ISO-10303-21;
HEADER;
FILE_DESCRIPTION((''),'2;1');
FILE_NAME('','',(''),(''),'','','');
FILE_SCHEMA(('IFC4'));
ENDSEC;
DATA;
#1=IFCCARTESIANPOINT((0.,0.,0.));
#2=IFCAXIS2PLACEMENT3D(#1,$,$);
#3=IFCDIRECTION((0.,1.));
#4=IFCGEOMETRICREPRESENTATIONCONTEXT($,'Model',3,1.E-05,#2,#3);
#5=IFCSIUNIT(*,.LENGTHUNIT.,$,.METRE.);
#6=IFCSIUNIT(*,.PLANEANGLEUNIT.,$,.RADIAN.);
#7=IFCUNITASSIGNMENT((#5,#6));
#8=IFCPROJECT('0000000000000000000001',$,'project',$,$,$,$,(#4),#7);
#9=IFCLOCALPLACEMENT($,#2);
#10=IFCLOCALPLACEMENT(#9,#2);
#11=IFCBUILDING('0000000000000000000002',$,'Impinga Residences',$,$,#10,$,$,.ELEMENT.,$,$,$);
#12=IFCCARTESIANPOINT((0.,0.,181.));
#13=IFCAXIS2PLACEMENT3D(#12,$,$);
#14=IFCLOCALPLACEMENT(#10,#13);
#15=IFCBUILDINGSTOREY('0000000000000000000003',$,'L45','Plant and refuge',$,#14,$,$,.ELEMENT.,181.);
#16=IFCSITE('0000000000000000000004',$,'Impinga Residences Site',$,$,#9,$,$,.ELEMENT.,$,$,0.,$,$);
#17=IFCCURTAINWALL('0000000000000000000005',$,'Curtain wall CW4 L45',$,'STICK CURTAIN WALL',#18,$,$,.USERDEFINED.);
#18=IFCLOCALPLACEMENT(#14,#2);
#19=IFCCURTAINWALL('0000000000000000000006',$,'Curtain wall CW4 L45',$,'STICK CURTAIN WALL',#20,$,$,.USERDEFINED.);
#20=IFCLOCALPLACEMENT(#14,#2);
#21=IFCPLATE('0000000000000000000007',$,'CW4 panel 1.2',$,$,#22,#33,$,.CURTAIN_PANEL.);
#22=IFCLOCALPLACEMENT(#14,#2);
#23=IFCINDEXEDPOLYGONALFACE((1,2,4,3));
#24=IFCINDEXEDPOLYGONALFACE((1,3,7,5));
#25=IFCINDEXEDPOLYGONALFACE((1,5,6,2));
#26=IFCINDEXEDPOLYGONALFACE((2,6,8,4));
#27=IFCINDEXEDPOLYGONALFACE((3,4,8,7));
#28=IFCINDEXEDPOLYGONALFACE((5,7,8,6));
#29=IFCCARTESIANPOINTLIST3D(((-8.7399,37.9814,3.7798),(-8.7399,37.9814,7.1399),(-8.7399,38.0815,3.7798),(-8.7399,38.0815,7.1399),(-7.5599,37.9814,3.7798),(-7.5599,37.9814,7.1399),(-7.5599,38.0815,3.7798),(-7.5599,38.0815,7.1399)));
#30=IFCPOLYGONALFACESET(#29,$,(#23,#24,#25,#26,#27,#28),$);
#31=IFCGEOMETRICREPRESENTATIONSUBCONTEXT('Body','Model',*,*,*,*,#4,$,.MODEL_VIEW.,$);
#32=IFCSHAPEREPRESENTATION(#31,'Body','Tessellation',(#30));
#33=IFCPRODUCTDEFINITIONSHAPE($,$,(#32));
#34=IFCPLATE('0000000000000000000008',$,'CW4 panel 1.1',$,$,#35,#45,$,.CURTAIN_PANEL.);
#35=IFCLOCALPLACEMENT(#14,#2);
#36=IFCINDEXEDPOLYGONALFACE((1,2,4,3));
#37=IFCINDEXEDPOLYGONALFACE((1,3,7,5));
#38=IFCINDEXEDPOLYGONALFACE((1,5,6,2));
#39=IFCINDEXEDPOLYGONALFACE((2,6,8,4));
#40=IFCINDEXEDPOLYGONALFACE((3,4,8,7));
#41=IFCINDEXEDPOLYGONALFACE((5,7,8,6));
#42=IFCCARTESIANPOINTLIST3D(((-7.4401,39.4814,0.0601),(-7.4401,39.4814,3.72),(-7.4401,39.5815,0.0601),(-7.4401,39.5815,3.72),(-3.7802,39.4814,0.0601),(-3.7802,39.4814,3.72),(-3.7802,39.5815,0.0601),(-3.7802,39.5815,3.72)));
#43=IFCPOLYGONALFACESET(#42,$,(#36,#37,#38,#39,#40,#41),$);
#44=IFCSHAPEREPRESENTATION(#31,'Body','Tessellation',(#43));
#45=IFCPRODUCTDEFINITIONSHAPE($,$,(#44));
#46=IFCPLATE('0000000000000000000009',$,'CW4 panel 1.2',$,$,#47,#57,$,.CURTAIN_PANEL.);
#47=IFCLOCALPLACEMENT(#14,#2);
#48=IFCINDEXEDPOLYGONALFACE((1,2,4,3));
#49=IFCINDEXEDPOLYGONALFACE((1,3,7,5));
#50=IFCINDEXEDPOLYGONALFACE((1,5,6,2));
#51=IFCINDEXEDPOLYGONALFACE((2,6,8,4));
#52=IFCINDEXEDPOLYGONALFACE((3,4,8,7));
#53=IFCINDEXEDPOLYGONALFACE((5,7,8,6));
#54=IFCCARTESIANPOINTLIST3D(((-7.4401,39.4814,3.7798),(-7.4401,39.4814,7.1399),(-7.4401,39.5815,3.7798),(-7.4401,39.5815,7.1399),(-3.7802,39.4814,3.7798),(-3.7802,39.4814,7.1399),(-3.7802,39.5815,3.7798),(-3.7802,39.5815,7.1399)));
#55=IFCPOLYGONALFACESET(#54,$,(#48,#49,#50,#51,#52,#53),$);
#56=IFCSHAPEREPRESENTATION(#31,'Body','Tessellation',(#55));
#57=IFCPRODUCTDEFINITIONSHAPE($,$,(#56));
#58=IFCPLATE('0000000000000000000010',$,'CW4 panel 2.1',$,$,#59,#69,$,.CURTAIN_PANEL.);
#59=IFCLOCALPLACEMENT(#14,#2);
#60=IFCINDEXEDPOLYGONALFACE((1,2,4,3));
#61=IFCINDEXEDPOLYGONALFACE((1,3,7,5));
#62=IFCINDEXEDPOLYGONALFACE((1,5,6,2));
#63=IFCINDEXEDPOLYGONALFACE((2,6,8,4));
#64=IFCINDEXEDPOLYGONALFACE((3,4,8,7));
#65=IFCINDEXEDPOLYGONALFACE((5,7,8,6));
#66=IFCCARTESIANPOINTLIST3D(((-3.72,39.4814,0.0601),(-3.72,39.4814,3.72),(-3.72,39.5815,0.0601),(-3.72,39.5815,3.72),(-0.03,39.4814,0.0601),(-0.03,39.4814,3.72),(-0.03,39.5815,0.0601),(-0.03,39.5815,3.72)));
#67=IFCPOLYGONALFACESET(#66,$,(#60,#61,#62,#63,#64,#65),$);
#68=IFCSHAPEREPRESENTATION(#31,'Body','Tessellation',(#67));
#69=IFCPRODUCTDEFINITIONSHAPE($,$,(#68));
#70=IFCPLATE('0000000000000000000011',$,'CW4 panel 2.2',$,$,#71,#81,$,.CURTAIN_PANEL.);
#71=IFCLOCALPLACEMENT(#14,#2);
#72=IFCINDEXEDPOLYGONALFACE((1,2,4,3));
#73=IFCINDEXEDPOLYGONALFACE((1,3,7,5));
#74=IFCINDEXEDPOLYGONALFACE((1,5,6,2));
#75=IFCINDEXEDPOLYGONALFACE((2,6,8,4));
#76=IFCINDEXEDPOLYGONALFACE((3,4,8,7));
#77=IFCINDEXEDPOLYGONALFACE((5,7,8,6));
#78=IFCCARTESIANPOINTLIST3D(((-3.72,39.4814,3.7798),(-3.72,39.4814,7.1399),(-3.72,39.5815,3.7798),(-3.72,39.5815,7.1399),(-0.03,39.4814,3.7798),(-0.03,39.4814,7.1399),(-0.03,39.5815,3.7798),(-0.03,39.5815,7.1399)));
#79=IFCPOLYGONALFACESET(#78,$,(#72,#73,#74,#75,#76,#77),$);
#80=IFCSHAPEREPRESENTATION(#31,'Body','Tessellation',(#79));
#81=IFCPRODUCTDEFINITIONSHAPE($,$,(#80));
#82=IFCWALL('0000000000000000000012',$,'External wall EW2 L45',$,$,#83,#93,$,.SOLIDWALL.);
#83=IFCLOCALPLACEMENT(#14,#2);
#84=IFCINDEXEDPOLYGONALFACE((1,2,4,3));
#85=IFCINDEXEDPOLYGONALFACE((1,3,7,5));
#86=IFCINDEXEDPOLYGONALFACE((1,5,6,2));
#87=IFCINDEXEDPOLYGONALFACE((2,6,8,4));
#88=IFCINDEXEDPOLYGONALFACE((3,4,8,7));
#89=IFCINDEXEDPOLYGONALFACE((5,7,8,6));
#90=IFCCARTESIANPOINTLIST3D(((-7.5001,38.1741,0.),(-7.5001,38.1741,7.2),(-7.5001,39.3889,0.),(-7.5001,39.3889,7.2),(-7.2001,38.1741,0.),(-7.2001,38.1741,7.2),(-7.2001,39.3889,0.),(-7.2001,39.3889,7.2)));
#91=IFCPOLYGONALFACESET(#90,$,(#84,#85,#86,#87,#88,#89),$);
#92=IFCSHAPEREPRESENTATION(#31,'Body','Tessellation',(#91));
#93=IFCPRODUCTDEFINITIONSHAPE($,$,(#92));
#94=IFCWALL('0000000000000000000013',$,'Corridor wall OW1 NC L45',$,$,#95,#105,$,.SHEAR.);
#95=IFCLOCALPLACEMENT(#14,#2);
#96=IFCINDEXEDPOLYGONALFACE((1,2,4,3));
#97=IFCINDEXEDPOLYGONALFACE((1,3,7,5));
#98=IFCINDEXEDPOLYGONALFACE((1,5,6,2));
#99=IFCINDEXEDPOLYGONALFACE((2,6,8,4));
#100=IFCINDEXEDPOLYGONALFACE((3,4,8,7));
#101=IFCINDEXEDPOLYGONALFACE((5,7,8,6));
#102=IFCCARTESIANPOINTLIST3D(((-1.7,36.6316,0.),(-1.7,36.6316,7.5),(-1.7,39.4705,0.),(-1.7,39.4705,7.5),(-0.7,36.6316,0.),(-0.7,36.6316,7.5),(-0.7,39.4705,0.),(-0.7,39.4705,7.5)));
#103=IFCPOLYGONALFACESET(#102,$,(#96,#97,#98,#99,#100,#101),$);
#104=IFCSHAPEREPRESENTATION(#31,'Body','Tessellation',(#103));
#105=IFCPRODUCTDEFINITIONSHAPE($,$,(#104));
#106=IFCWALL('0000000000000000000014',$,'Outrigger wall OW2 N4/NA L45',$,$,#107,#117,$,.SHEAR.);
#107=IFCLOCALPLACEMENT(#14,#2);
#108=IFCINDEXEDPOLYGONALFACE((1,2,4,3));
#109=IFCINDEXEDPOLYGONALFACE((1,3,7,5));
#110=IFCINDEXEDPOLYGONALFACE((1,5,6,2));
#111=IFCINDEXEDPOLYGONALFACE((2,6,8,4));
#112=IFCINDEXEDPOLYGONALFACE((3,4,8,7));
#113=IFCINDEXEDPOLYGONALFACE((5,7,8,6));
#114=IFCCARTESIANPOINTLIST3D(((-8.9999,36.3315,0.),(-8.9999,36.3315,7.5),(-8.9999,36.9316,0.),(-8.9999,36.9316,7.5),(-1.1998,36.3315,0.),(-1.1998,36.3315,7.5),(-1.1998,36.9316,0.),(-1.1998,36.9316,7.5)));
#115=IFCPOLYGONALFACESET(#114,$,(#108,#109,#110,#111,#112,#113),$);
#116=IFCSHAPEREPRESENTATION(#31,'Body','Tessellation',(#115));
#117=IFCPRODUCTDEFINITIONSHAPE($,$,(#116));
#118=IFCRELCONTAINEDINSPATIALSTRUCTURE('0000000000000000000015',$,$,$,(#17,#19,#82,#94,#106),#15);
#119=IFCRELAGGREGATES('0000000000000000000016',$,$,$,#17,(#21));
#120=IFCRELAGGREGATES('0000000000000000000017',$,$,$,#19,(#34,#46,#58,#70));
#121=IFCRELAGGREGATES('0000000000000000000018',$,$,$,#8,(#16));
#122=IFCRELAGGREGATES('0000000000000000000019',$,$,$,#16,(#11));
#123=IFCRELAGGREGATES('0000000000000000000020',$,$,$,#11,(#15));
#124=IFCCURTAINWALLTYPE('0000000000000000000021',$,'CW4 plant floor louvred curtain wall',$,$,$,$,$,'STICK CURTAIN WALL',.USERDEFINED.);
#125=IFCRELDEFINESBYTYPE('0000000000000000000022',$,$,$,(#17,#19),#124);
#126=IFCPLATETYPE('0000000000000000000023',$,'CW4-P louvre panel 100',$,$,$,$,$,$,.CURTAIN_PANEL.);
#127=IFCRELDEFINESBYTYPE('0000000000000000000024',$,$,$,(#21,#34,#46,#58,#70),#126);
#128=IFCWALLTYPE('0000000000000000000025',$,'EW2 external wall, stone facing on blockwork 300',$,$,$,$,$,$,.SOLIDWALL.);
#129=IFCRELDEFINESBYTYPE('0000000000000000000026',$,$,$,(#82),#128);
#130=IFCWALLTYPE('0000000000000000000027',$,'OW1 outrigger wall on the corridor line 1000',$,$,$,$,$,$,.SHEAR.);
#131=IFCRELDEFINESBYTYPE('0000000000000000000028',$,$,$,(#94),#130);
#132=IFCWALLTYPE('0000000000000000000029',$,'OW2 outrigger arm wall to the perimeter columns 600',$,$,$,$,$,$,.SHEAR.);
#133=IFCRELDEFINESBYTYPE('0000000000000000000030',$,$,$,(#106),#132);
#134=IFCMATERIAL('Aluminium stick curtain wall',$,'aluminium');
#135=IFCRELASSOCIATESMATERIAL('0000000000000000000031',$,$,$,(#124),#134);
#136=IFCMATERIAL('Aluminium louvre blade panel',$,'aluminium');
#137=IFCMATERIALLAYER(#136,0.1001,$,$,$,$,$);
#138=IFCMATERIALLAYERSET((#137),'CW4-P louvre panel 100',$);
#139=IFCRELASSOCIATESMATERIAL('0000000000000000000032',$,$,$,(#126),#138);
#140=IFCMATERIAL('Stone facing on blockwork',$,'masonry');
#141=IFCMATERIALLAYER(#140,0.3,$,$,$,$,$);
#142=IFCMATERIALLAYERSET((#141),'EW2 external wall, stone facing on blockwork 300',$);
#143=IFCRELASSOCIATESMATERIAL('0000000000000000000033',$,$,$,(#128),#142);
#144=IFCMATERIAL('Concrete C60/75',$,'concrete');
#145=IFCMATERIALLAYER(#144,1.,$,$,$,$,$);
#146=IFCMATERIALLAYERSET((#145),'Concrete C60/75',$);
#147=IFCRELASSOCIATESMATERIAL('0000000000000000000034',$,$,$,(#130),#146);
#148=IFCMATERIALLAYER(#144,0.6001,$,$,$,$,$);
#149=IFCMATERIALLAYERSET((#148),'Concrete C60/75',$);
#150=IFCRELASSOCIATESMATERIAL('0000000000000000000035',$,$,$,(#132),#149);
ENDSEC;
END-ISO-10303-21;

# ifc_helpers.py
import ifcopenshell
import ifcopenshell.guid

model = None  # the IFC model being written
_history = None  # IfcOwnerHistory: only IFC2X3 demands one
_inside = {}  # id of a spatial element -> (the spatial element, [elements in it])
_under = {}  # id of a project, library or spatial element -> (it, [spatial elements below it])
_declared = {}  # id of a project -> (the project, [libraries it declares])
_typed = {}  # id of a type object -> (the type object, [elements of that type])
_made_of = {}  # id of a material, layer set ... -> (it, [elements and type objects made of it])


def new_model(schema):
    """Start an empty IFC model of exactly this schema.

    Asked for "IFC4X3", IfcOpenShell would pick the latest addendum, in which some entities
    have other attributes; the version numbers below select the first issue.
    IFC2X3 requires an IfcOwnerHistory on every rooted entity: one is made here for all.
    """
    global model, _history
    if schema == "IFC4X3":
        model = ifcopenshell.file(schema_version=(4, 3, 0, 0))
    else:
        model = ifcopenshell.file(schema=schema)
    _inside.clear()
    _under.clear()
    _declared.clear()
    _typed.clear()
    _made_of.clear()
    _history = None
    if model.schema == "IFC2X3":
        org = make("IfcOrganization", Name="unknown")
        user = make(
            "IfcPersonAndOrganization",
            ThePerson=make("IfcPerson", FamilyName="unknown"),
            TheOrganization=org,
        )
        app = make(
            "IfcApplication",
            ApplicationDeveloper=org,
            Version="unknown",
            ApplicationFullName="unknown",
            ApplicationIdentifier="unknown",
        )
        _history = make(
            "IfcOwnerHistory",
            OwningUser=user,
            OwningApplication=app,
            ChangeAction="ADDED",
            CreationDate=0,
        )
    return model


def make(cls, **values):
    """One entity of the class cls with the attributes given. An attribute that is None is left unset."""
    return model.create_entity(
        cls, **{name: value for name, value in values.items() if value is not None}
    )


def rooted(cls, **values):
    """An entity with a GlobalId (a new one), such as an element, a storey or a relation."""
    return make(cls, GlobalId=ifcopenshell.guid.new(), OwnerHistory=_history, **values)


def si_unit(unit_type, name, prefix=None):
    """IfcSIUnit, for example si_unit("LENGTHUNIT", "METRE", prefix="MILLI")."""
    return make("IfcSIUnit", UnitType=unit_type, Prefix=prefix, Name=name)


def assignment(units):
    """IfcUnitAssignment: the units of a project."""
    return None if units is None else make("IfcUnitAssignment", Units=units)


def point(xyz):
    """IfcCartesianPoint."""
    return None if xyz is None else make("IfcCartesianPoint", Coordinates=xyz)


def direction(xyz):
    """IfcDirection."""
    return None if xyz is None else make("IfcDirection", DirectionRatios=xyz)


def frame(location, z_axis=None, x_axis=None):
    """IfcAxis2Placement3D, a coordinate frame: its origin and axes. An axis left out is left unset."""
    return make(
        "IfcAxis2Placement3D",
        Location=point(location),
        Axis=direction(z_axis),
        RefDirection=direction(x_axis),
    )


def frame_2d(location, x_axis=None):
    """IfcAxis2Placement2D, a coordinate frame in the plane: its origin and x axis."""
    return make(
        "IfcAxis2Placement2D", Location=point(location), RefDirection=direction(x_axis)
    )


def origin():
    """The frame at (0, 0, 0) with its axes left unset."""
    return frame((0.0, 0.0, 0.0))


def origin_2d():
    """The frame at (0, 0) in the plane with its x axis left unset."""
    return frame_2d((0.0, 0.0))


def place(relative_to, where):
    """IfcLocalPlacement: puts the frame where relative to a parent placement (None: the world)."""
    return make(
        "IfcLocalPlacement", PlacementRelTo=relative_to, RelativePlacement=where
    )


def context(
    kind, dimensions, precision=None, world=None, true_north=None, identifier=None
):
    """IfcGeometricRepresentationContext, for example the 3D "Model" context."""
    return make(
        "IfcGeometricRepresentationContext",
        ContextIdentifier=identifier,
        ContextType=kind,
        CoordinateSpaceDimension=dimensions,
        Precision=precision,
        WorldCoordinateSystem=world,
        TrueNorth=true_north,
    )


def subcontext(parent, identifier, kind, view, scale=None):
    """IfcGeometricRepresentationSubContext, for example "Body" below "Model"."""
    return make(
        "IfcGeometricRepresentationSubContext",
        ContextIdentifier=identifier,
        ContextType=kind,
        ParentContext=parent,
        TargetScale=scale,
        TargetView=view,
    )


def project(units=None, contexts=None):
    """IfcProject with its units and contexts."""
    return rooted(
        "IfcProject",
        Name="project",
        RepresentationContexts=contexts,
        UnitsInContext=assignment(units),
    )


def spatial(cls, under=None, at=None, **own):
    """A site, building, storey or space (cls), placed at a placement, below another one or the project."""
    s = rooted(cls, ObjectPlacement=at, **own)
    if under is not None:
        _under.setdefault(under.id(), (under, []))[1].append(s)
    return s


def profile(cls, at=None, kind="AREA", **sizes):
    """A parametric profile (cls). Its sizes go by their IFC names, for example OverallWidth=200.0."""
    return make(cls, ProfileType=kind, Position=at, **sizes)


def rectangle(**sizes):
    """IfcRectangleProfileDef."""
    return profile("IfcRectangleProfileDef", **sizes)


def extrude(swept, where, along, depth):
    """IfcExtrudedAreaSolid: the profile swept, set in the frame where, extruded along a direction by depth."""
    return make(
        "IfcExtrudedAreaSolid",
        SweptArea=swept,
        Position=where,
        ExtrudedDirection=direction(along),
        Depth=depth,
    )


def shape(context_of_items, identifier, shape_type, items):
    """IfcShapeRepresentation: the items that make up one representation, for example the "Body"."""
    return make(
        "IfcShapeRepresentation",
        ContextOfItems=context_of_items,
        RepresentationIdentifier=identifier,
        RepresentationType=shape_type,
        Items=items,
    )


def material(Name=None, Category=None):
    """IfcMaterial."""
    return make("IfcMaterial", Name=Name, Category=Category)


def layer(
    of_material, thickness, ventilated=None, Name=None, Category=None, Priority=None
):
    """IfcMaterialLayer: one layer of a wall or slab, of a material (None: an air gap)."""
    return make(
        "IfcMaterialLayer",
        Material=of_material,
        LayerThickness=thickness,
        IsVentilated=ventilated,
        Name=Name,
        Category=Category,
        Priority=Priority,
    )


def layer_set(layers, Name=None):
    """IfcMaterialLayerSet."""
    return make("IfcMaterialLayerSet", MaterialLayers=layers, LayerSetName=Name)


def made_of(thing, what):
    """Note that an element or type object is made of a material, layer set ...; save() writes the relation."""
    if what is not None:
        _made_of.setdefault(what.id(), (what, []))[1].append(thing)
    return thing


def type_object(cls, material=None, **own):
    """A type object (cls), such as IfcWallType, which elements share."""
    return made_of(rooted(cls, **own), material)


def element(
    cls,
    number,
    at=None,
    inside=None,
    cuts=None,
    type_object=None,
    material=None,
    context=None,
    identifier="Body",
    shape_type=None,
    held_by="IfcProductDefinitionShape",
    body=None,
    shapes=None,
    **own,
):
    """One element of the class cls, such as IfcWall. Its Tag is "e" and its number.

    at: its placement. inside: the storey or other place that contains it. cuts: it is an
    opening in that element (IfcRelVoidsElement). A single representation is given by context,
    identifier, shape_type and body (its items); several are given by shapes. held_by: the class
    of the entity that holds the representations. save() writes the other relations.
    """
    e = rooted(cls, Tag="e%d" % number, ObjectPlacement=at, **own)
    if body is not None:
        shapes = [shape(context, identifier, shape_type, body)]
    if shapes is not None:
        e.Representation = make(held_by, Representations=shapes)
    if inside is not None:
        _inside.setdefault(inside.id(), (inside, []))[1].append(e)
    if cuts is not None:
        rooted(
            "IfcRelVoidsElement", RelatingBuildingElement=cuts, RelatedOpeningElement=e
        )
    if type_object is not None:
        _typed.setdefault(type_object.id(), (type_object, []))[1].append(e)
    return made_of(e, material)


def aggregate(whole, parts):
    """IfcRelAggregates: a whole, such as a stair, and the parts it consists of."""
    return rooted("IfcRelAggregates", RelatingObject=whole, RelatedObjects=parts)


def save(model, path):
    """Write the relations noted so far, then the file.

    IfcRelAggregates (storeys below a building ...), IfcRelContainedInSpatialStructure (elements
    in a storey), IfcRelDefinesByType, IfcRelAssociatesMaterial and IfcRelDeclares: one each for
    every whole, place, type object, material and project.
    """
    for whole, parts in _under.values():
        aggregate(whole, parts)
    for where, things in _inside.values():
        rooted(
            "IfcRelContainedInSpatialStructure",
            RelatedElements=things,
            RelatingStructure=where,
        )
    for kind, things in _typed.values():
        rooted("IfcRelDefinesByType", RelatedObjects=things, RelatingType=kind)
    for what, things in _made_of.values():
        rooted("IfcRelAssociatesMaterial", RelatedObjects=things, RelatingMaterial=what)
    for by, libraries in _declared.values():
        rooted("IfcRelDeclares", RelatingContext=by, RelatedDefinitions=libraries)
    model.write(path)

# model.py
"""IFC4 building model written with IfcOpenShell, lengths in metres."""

from ifc_helpers import new_model, si_unit, direction, frame, frame_2d, origin, origin_2d, place, context, subcontext, project, spatial, rectangle, extrude, material, layer, layer_set, type_object, element, aggregate, save


model = new_model("IFC4")

# Units and contexts
model_context = context("Model", 3, precision=1e-05, world=origin(), true_north=direction((0.0, 1.0)))
body_context = subcontext(model_context, "Body", "Model", "MODEL_VIEW")
ifc_project = project(units=[si_unit("LENGTHUNIT", "METRE"), si_unit("PLANEANGLEUNIT", "RADIAN")], contexts=[model_context])

# Site, building, storey
site_placement = place(None, origin())
site = spatial("IfcSite", under=ifc_project, at=site_placement, Name="Impinga Residences Site", CompositionType="ELEMENT", RefElevation=0.0)
building_placement = place(site_placement, origin())
building = spatial("IfcBuilding", under=site, at=building_placement, Name="Impinga Residences", CompositionType="ELEMENT")
storey_placement = place(building_placement, frame((0.0, 0.0, 181.0)))
storey = spatial("IfcBuildingStorey", under=building, at=storey_placement, Name="L45", Description="Plant and refuge", CompositionType="ELEMENT", Elevation=181.0)

# Curtain wall
ifc_material_1 = material(Name="Aluminium stick curtain wall", Category="aluminium")
curtain_wall_type = type_object("IfcCurtainWallType", Name="CW4 plant floor louvred curtain wall", ElementType="STICK CURTAIN WALL", PredefinedType="USERDEFINED", material=ifc_material_1)
curtain_wall_1_placement = place(storey_placement, origin())
curtain_wall_1 = element("IfcCurtainWall", 1, at=curtain_wall_1_placement, inside=storey, type_object=curtain_wall_type, Name="Curtain wall CW4 L45", ObjectType="STICK CURTAIN WALL", PredefinedType="USERDEFINED")

# Curtain wall
curtain_wall_2_placement = place(storey_placement, origin())
curtain_wall_2 = element("IfcCurtainWall", 2, at=curtain_wall_2_placement, inside=storey, type_object=curtain_wall_type, Name="Curtain wall CW4 L45", ObjectType="STICK CURTAIN WALL", PredefinedType="USERDEFINED")

# Shared definitions
ifc_material_2 = material(Name="Concrete C60/75", Category="concrete")

# Plates
ifc_material_3 = material(Name="Aluminium louvre blade panel", Category="aluminium")
ifc_layer_1 = layer(ifc_material_3, 0.1001)
ifc_layer_set_1 = layer_set([ifc_layer_1], Name="CW4-P louvre panel 100")
plate_type = type_object("IfcPlateType", Name="CW4-P louvre panel 100", PredefinedType="CURTAIN_PANEL", material=ifc_layer_set_1)
plate_1_placement = place(storey_placement, frame((-8.1499, 38.0315, 3.7798), z_axis=(0.0, 0.0, 1.0), x_axis=(1.0, 0.0, 0.0)))
plate_1 = element("IfcPlate", 3, at=plate_1_placement, type_object=plate_type, Name="CW4 panel 1.2", PredefinedType="CURTAIN_PANEL", context=body_context, shape_type="SweptSolid", body=[
    extrude(rectangle(XDim=1.1799, YDim=0.1001, at=origin_2d()), origin(), (0.0, 0.0, 1.0), 3.3601),
])
aggregate(curtain_wall_1, [plate_1])
plate_2_placement = place(storey_placement, frame((-5.6101, 39.5315, 0.0601), z_axis=(0.0, 0.0, 1.0), x_axis=(1.0, 0.0, 0.0)))
plate_2 = element("IfcPlate", 4, at=plate_2_placement, type_object=plate_type, Name="CW4 panel 1.1", PredefinedType="CURTAIN_PANEL", context=body_context, shape_type="SweptSolid", body=[
    extrude(rectangle(XDim=3.6599, YDim=0.1001, at=origin_2d()), origin(), (0.0, 0.0, 1.0), 3.6599),
])
plate_3_placement = place(storey_placement, frame((-5.6101, 39.5315, 3.7798), z_axis=(0.0, 0.0, 1.0), x_axis=(1.0, 0.0, 0.0)))
plate_3 = element("IfcPlate", 5, at=plate_3_placement, type_object=plate_type, Name="CW4 panel 1.2", PredefinedType="CURTAIN_PANEL", context=body_context, shape_type="SweptSolid", body=[
    extrude(rectangle(XDim=3.6599, YDim=0.1001, at=origin_2d()), origin(), (0.0, 0.0, 1.0), 3.3601),
])
plate_4_placement = place(storey_placement, frame((-1.875, 39.5315, 0.0601), z_axis=(0.0, 0.0, 1.0), x_axis=(1.0, 0.0, 0.0)))
plate_4 = element("IfcPlate", 6, at=plate_4_placement, type_object=plate_type, Name="CW4 panel 2.1", PredefinedType="CURTAIN_PANEL", context=body_context, shape_type="SweptSolid", body=[
    extrude(rectangle(XDim=3.6899, YDim=0.1001, at=origin_2d()), origin(), (0.0, 0.0, 1.0), 3.6599),
])
plate_5_placement = place(storey_placement, frame((-1.875, 39.5315, 3.7798), z_axis=(0.0, 0.0, 1.0), x_axis=(1.0, 0.0, 0.0)))
plate_5 = element("IfcPlate", 7, at=plate_5_placement, type_object=plate_type, Name="CW4 panel 2.2", PredefinedType="CURTAIN_PANEL", context=body_context, shape_type="SweptSolid", body=[
    extrude(rectangle(XDim=3.6899, YDim=0.1001, at=origin_2d()), origin(), (0.0, 0.0, 1.0), 3.3601),
])
aggregate(curtain_wall_2, [plate_2, plate_3, plate_4, plate_5])

# Walls
ifc_material_4 = material(Name="Stone facing on blockwork", Category="masonry")
ifc_layer_2 = layer(ifc_material_4, 0.3)
ifc_layer_set_2 = layer_set([ifc_layer_2], Name="EW2 external wall, stone facing on blockwork 300")
wall_type_1 = type_object("IfcWallType", Name="EW2 external wall, stone facing on blockwork 300", PredefinedType="SOLIDWALL", material=ifc_layer_set_2)
wall_1_placement = place(storey_placement, frame((-7.3501, 38.1741, 0.0), z_axis=(0.0, 0.0, 1.0), x_axis=(0.0, 1.0, 0.0)))
element("IfcWall", 8, at=wall_1_placement, inside=storey, type_object=wall_type_1, Name="External wall EW2 L45", PredefinedType="SOLIDWALL", context=body_context, shape_type="SweptSolid", body=[
    extrude(rectangle(XDim=1.2148, YDim=0.3, at=frame_2d((0.6074, 0.0))), origin(), (0.0, 0.0, 1.0), 7.2),
])
ifc_layer_3 = layer(ifc_material_2, 1.0)
ifc_layer_set_3 = layer_set([ifc_layer_3], Name="Concrete C60/75")
wall_type_2 = type_object("IfcWallType", Name="OW1 outrigger wall on the corridor line 1000", PredefinedType="SHEAR", material=ifc_layer_set_3)
wall_2_placement = place(storey_placement, frame((-1.2, 36.6316, 0.0), z_axis=(0.0, 0.0, 1.0), x_axis=(0.0, 1.0, 0.0)))
element("IfcWall", 9, at=wall_2_placement, inside=storey, type_object=wall_type_2, Name="Corridor wall OW1 NC L45", PredefinedType="SHEAR", context=body_context, shape_type="SweptSolid", body=[
    extrude(rectangle(XDim=2.8389, YDim=1.0, at=frame_2d((1.4194, 0.0))), origin(), (0.0, 0.0, 1.0), 7.5),
])
ifc_layer_4 = layer(ifc_material_2, 0.6001)
ifc_layer_set_4 = layer_set([ifc_layer_4], Name="Concrete C60/75")
wall_type_3 = type_object("IfcWallType", Name="OW2 outrigger arm wall to the perimeter columns 600", PredefinedType="SHEAR", material=ifc_layer_set_4)
wall_3_placement = place(storey_placement, frame((-1.2, 36.6316, 0.0), z_axis=(0.0, 0.0, 1.0), x_axis=(-1.0, 0.0, 0.0)))
element("IfcWall", 10, at=wall_3_placement, inside=storey, type_object=wall_type_3, Name="Outrigger wall OW2 N4/NA L45", PredefinedType="SHEAR", context=body_context, shape_type="SweptSolid", body=[
    extrude(rectangle(XDim=7.8, YDim=0.6001, at=frame_2d((3.8999, 0.0))), origin(), (0.0, 0.0, 1.0), 7.5),
])

save(model, "model.ifc")
